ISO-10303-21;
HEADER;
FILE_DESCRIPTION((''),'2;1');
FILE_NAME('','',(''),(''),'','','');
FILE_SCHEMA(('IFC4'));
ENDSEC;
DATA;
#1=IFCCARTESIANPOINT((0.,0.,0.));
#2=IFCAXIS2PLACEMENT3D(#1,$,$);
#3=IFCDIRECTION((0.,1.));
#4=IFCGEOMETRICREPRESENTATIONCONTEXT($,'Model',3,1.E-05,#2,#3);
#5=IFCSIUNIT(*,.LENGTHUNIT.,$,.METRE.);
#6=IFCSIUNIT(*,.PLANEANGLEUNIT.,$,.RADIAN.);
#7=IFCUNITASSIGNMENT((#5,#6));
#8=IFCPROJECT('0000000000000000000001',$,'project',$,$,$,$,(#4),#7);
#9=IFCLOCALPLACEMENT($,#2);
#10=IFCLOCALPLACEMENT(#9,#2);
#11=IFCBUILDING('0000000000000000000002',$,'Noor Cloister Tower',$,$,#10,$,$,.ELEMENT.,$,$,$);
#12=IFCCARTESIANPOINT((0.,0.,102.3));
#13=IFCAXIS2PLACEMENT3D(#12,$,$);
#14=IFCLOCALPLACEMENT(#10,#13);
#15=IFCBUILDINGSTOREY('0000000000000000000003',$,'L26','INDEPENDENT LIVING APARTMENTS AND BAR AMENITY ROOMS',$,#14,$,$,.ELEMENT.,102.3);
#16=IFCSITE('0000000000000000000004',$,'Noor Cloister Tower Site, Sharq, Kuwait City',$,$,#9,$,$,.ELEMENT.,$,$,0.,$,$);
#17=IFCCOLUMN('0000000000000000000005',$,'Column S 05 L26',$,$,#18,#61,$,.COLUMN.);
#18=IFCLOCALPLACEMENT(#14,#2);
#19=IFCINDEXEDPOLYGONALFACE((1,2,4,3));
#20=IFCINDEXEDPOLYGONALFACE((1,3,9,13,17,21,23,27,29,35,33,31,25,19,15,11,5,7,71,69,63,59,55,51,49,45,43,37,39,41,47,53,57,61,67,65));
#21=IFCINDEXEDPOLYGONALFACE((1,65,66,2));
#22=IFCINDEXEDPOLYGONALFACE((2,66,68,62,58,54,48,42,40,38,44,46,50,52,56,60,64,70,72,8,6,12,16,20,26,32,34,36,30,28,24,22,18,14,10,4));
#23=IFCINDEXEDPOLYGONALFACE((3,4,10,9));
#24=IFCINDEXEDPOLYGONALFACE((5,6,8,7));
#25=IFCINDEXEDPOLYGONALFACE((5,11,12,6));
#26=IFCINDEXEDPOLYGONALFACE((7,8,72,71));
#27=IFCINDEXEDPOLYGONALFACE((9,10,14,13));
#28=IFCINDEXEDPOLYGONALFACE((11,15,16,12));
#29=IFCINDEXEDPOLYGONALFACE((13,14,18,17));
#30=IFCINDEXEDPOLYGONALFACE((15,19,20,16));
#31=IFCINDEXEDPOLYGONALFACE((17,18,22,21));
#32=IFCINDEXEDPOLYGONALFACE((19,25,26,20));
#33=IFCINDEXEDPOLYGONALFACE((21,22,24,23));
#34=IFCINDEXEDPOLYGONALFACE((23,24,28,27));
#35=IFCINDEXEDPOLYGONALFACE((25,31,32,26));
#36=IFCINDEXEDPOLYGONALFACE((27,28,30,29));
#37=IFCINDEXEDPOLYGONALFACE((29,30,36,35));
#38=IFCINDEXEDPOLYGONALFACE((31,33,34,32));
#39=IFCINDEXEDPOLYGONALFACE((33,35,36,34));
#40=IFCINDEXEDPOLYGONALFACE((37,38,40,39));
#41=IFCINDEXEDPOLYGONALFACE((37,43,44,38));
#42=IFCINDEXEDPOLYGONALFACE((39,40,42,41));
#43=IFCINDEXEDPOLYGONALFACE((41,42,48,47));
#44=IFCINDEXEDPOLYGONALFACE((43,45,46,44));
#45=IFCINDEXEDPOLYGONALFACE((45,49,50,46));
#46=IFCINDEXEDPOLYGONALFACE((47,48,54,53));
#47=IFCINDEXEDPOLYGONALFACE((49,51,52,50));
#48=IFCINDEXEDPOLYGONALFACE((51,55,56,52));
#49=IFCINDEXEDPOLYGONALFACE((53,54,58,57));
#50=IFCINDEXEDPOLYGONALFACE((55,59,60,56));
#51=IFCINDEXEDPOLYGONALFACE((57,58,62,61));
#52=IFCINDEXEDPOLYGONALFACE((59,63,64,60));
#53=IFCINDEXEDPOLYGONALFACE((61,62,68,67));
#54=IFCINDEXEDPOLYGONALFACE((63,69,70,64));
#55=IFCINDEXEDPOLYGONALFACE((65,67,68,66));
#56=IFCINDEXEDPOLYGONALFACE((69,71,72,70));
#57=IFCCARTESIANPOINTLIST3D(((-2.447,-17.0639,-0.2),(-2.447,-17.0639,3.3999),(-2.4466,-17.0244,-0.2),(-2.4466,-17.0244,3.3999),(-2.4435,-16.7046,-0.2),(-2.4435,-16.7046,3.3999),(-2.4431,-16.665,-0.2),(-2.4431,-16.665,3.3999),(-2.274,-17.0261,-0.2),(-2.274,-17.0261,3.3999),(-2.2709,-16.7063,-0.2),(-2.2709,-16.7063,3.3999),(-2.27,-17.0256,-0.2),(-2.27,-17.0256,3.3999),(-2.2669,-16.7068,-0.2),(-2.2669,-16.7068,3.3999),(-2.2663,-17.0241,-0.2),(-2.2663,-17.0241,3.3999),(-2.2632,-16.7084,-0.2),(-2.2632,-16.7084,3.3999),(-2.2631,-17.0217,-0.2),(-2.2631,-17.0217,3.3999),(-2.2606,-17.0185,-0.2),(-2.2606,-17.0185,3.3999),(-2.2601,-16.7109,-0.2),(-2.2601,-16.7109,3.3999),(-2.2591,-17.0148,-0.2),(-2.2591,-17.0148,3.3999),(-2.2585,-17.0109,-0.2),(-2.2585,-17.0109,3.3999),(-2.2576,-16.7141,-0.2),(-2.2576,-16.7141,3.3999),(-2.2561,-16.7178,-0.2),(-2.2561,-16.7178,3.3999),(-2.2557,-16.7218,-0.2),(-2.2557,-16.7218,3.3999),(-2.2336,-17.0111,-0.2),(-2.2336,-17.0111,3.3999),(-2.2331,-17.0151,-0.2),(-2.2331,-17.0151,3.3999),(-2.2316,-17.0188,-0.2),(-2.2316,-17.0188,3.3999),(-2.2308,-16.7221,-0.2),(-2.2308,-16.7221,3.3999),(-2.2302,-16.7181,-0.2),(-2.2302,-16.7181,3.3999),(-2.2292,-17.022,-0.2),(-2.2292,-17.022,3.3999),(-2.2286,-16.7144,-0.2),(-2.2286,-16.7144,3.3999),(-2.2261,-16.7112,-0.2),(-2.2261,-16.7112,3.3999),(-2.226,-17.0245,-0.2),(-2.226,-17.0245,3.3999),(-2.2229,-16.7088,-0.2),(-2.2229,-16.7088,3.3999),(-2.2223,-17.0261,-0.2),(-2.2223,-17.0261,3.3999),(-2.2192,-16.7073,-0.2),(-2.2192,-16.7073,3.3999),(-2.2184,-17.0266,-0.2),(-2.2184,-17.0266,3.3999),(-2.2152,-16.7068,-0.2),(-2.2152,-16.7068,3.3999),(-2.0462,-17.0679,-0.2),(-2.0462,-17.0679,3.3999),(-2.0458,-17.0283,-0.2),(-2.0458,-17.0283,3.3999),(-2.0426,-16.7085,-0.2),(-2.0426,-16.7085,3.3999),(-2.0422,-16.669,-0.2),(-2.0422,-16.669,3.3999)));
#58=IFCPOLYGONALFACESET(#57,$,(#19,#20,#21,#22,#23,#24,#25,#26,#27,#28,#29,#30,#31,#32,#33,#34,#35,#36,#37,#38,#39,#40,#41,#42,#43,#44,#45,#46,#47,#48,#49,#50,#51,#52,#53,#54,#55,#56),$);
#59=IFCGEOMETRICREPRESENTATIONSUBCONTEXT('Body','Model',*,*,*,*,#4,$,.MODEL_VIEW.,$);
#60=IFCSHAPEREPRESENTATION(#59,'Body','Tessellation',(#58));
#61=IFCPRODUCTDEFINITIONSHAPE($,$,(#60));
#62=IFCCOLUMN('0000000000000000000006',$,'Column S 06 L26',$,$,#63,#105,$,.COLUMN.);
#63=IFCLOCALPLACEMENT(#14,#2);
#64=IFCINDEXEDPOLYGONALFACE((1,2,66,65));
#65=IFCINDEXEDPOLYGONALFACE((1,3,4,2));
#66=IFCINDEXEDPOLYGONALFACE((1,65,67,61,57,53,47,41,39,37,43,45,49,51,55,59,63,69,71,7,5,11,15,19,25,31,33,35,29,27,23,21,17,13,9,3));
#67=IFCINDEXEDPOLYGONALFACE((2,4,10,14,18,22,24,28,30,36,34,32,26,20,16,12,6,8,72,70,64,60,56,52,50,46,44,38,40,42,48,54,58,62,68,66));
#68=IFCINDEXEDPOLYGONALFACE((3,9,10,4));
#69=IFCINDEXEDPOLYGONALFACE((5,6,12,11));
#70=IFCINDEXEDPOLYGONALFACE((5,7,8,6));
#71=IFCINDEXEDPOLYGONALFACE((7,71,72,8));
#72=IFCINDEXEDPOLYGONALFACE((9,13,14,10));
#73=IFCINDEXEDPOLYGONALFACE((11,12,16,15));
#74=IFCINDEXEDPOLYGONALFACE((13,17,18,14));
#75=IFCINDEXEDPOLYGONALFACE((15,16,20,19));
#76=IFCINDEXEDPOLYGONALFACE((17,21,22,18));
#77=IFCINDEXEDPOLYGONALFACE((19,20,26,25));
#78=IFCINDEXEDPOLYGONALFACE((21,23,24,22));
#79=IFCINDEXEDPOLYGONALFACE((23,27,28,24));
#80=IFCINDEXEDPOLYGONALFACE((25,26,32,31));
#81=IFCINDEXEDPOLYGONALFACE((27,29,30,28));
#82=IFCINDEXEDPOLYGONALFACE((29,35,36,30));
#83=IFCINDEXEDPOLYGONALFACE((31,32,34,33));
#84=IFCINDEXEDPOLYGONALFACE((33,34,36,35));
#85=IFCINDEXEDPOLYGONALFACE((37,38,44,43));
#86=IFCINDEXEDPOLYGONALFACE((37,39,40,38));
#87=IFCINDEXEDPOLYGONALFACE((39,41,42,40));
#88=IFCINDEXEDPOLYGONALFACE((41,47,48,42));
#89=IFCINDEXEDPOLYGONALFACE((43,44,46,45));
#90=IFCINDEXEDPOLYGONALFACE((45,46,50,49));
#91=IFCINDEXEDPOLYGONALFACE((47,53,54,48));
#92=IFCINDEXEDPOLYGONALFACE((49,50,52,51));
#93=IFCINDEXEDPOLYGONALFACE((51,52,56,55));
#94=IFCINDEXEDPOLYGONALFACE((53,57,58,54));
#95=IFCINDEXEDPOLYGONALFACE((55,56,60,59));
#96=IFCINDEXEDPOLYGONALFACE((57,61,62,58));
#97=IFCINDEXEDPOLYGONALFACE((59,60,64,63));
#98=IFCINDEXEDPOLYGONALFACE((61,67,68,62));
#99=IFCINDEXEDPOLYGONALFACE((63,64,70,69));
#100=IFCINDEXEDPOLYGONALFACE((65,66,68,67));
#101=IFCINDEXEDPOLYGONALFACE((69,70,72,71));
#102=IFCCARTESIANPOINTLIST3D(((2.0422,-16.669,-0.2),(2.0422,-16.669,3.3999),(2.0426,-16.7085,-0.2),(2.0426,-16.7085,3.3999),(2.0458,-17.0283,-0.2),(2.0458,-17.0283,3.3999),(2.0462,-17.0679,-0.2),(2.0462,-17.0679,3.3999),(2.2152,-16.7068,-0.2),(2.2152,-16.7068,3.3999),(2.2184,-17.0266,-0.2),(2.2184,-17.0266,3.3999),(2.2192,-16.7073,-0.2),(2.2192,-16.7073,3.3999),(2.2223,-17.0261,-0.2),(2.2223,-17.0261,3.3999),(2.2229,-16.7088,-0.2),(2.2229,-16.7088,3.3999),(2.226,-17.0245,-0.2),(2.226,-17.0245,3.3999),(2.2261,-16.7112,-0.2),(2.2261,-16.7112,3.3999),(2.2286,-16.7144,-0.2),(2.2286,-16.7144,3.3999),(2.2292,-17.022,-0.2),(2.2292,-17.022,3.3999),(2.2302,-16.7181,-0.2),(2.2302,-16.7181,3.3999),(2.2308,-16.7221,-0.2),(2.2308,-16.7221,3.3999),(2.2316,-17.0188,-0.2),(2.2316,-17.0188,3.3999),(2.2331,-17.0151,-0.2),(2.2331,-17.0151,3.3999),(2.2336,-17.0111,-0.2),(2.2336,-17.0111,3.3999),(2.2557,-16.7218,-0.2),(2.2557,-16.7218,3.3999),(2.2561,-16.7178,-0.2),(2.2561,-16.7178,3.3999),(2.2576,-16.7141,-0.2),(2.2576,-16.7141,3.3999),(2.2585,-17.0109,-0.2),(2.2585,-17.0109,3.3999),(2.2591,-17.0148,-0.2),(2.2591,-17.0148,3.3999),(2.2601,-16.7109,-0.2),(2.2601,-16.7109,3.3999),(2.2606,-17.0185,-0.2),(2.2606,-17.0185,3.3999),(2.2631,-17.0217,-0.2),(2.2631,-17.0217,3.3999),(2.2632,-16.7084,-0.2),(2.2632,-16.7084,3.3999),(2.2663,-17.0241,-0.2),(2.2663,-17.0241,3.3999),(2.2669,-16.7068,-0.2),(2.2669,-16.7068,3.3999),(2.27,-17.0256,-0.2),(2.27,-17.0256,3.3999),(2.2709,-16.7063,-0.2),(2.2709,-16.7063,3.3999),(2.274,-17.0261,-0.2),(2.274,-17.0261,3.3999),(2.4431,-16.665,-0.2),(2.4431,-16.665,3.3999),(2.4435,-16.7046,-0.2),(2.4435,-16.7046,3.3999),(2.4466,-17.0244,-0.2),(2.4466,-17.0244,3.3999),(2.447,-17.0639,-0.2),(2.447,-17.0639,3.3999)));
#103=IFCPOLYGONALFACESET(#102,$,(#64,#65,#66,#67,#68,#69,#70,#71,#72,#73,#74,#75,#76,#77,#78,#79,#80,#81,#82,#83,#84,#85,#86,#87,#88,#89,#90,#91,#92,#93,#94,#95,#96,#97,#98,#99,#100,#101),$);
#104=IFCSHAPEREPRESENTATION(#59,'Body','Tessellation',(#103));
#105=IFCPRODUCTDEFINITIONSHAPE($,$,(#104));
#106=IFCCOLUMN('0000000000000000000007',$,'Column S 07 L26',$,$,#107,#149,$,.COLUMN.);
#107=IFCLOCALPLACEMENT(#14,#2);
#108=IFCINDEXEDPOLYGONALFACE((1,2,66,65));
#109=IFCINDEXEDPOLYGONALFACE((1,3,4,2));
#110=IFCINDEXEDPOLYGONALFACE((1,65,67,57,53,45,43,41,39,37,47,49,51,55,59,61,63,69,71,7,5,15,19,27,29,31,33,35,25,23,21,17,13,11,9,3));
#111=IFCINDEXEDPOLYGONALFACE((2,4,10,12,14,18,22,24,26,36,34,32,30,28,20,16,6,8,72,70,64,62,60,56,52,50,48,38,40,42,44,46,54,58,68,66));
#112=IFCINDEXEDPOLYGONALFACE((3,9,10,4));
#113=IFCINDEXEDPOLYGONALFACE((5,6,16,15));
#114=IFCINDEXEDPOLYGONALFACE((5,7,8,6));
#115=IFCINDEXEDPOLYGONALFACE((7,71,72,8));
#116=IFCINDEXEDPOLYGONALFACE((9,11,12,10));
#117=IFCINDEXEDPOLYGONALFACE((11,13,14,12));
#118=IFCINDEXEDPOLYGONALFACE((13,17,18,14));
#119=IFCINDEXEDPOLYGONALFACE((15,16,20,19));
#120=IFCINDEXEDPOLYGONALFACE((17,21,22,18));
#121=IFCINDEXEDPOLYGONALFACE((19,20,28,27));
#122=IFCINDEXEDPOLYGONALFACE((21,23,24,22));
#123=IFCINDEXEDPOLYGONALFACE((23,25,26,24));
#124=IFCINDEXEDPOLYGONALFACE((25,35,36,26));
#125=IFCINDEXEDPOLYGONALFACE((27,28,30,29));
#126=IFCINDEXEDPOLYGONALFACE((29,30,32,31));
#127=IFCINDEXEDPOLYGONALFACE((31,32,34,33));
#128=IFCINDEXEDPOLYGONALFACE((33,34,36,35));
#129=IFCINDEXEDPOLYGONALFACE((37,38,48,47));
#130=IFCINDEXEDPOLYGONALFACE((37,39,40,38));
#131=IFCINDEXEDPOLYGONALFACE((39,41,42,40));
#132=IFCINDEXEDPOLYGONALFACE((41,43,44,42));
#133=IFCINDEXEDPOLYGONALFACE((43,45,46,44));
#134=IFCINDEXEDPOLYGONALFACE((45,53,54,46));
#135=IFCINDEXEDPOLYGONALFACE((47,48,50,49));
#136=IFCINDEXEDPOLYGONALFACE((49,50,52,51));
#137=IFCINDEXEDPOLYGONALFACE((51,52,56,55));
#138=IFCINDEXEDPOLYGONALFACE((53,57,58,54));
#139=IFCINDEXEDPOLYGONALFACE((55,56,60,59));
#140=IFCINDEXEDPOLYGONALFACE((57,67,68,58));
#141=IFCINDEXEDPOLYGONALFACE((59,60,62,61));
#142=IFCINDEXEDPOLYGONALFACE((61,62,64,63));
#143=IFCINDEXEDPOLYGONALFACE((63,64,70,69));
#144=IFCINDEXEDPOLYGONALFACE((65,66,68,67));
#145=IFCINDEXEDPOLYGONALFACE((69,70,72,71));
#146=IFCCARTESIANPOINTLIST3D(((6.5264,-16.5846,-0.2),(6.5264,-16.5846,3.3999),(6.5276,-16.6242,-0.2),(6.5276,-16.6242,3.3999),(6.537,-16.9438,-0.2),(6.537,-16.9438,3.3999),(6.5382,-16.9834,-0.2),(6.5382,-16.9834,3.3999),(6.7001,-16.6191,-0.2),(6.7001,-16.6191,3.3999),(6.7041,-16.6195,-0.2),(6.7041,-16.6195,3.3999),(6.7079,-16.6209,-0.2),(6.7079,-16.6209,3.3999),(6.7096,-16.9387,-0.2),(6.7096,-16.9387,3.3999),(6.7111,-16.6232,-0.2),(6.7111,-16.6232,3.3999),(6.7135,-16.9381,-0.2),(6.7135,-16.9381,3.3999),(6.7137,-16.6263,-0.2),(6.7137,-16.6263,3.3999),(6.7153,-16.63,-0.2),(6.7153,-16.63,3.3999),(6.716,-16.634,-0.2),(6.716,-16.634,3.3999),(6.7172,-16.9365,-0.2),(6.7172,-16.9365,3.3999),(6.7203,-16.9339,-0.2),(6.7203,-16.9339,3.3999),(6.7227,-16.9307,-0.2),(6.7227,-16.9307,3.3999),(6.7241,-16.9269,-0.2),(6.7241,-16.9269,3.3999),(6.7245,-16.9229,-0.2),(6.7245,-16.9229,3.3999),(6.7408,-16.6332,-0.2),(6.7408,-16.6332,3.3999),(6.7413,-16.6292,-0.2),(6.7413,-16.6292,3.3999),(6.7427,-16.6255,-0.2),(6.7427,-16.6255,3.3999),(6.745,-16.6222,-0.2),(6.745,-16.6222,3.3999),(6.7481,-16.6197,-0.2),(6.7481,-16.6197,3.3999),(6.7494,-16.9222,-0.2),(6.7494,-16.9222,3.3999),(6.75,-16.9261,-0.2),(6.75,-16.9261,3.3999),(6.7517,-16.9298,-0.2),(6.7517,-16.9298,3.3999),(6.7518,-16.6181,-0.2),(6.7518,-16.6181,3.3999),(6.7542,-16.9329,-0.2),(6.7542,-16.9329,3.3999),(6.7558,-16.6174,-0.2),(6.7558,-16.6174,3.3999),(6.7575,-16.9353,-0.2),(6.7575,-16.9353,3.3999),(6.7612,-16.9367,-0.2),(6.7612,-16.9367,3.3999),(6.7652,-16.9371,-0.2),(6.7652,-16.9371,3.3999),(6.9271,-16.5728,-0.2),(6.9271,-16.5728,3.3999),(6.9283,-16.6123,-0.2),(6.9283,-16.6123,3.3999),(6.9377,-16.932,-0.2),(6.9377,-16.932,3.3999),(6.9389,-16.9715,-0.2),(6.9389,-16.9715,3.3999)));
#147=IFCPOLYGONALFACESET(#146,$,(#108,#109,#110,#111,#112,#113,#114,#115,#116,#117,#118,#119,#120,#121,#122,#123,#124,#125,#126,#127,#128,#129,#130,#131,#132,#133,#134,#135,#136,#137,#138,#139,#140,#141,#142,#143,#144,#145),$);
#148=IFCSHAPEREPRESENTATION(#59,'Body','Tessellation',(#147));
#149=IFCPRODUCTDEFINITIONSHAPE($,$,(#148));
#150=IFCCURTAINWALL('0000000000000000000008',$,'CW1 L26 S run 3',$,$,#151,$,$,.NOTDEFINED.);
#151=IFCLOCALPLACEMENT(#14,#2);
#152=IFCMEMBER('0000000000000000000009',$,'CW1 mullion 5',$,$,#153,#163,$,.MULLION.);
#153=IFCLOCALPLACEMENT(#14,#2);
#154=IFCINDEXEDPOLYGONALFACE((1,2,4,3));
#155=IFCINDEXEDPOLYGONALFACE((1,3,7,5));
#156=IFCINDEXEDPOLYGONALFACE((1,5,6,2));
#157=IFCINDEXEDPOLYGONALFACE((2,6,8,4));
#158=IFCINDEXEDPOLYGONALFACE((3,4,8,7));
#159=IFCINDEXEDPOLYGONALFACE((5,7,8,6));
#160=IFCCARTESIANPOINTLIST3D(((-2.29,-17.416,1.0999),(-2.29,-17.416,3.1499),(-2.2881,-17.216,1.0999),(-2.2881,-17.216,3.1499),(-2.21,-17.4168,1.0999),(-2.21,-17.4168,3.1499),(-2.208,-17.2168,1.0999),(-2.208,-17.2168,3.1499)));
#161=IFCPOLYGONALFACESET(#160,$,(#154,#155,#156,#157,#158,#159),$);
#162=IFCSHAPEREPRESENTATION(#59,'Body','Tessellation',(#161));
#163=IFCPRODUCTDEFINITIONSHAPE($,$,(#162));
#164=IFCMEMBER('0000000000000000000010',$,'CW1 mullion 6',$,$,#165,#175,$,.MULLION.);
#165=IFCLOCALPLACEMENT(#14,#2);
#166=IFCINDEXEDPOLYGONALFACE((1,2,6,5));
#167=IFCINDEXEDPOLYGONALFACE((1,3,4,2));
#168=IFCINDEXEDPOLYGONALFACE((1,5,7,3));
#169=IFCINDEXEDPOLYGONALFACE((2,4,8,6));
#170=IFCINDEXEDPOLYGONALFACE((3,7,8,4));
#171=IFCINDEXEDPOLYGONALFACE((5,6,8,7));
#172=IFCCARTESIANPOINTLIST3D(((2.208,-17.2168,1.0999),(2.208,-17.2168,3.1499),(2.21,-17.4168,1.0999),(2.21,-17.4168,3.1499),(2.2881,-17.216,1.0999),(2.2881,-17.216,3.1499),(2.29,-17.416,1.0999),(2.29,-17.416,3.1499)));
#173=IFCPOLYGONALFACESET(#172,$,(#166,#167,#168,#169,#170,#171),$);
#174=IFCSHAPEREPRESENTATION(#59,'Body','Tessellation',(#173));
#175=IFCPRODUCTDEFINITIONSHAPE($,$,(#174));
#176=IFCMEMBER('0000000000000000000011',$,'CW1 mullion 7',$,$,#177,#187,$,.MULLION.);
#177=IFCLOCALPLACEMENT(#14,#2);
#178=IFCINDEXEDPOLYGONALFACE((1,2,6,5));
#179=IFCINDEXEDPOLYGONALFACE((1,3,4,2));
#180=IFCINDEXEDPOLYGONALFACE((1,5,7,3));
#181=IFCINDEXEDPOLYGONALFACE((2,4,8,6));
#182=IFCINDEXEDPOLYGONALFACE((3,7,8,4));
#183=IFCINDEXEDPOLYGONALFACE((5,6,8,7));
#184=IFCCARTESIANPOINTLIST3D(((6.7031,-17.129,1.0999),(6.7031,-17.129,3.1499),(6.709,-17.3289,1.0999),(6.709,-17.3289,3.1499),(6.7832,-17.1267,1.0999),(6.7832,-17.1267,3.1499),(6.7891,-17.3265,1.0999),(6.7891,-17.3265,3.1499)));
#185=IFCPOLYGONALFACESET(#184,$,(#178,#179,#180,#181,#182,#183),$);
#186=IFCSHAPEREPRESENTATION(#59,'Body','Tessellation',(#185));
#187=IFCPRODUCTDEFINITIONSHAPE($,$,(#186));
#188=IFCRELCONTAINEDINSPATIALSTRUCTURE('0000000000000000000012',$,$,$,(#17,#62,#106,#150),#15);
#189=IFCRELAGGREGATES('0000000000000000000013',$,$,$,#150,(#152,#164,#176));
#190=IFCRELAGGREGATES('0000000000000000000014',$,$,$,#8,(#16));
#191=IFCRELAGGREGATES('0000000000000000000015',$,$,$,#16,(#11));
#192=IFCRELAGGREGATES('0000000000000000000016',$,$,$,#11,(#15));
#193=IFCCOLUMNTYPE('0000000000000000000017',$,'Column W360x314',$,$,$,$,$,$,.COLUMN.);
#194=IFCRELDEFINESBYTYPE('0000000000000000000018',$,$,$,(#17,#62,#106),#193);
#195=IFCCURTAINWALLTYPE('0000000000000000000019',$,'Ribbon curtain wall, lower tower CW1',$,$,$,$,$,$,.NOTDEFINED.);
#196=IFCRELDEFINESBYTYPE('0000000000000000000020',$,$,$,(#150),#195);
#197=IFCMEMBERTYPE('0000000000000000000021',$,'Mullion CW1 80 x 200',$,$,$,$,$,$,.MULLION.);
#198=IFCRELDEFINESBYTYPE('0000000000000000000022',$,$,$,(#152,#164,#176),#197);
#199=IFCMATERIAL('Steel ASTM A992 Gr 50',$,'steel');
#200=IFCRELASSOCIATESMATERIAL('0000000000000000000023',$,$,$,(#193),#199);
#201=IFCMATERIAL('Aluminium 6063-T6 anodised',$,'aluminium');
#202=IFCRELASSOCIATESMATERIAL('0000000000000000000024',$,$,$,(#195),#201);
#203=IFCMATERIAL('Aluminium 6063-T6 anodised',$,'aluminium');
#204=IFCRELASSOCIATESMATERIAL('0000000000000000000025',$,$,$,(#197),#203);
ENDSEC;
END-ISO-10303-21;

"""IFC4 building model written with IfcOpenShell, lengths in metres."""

from ifc_helpers import new_model, si_unit, direction, frame, origin, origin_2d, place, context, subcontext, project, spatial, rectangle, i_section, extrude, material, material_profile, profile_set, type_object, element, aggregate, save


model = new_model("IFC4")

# Units and contexts
model_context = context("Model", 3, precision=1e-05, world=origin(), true_north=direction((0.0, 1.0)))
body_context = subcontext(model_context, "Body", "Model", "MODEL_VIEW")
ifc_project = project(units=[si_unit("LENGTHUNIT", "METRE"), si_unit("PLANEANGLEUNIT", "RADIAN")], contexts=[model_context])

# Site, building, storey
site_placement = place(None, origin())
site = spatial("IfcSite", under=ifc_project, at=site_placement, Name="Noor Cloister Tower Site, Sharq, Kuwait City", CompositionType="ELEMENT", RefElevation=0.0)
building_placement = place(site_placement, origin())
building = spatial("IfcBuilding", under=site, at=building_placement, Name="Noor Cloister Tower", CompositionType="ELEMENT")
storey_placement = place(building_placement, frame((0.0, 0.0, 102.3)))
storey = spatial("IfcBuildingStorey", under=building, at=storey_placement, Name="L26", Description="INDEPENDENT LIVING APARTMENTS AND BAR AMENITY ROOMS", CompositionType="ELEMENT", Elevation=102.3)

# Columns
ifc_material_1 = material(Name="Steel ASTM A992 Gr 50", Category="steel")
ifc_material_profile_1 = material_profile(ifc_material_1, i_section(OverallWidth=0.4009, OverallDepth=0.3989, WebThickness=0.0249, FlangeThickness=0.0396, FilletRadius=0.0154, at=origin_2d()), Name="W360x314")
ifc_profile_set_1 = profile_set([ifc_material_profile_1], Name="Steel ASTM A992 Gr 50")
column_type = type_object("IfcColumnType", Name="Column W360x314", PredefinedType="COLUMN", material=ifc_profile_set_1)
for number, where, z_axis, x_axis, name in (
    (1, (-2.2446, -16.8665, -0.2), (0.0, 0.0, 1.0), (0.999952, -0.009841, 0.0), "Column S 05 L26"),
    (2, (2.2446, -16.8665, -0.2), (0.0, 0.0, 1.0), (0.999952, 0.009841, 0.0), "Column S 06 L26"),
    (3, (6.7327, -16.7781, -0.2), (0.0, 0.0, 1.0), (0.999564, 0.029521, 0.0), "Column S 07 L26"),
):
    element("IfcColumn", number, at=place(storey_placement, frame(where, z_axis=z_axis, x_axis=x_axis)), inside=storey, type_object=column_type, Name=name, PredefinedType="COLUMN", context=body_context, shape_type="SweptSolid", body=[
        extrude(i_section(OverallWidth=0.4009, OverallDepth=0.3989, WebThickness=0.0249, FlangeThickness=0.0396, FilletRadius=0.0154, at=origin_2d()), origin(), (0.0, 0.0, 1.0), 3.5999),
    ])

# Curtain wall, members
ifc_material_2 = material(Name="Aluminium 6063-T6 anodised", Category="aluminium")
curtain_wall_type = type_object("IfcCurtainWallType", Name="Ribbon curtain wall, lower tower CW1", PredefinedType="NOTDEFINED", material=ifc_material_2)
curtain_wall_placement = place(storey_placement, origin())
curtain_wall = element("IfcCurtainWall", 4, at=curtain_wall_placement, inside=storey, type_object=curtain_wall_type, Name="CW1 L26 S run 3", PredefinedType="NOTDEFINED")
ifc_material_3 = material(Name="Aluminium 6063-T6 anodised", Category="aluminium")
ifc_material_profile_2 = material_profile(ifc_material_3, rectangle(XDim=0.2, YDim=0.0801, at=origin_2d()), Name="200 x 80 mullion")
ifc_profile_set_2 = profile_set([ifc_material_profile_2], Name="Aluminium 6063-T6 anodised")
member_type = type_object("IfcMemberType", Name="Mullion CW1 80 x 200", PredefinedType="MULLION", material=ifc_profile_set_2)
member_1_placement = place(storey_placement, frame((-2.249, -17.3164, 1.0999), z_axis=(0.0, 0.0, 1.0), x_axis=(0.009841, 0.999952, 0.0)))
member_1 = element("IfcMember", 5, at=member_1_placement, type_object=member_type, Name="CW1 mullion 5", PredefinedType="MULLION", context=body_context, shape_type="SweptSolid", body=[
    extrude(rectangle(XDim=0.2, YDim=0.0801, at=origin_2d()), origin(), (0.0, 0.0, 1.0), 2.05),
])
member_2_placement = place(storey_placement, frame((2.249, -17.3164, 1.0999), z_axis=(0.0, 0.0, 1.0), x_axis=(-0.009841, 0.999952, 0.0)))
member_2 = element("IfcMember", 6, at=member_2_placement, type_object=member_type, Name="CW1 mullion 6", PredefinedType="MULLION", context=body_context, shape_type="SweptSolid", body=[
    extrude(rectangle(XDim=0.2, YDim=0.0801, at=origin_2d()), origin(), (0.0, 0.0, 1.0), 2.05),
])
member_3_placement = place(storey_placement, frame((6.7461, -17.2278, 1.0999), z_axis=(0.0, 0.0, 1.0), x_axis=(-0.029521, 0.999564, 0.0)))
member_3 = element("IfcMember", 7, at=member_3_placement, type_object=member_type, Name="CW1 mullion 7", PredefinedType="MULLION", context=body_context, shape_type="SweptSolid", body=[
    extrude(rectangle(XDim=0.2, YDim=0.0801, at=origin_2d()), origin(), (0.0, 0.0, 1.0), 2.05),
])

aggregate(curtain_wall, [member_1, member_2, member_3])

save(model, "model.ifc")
